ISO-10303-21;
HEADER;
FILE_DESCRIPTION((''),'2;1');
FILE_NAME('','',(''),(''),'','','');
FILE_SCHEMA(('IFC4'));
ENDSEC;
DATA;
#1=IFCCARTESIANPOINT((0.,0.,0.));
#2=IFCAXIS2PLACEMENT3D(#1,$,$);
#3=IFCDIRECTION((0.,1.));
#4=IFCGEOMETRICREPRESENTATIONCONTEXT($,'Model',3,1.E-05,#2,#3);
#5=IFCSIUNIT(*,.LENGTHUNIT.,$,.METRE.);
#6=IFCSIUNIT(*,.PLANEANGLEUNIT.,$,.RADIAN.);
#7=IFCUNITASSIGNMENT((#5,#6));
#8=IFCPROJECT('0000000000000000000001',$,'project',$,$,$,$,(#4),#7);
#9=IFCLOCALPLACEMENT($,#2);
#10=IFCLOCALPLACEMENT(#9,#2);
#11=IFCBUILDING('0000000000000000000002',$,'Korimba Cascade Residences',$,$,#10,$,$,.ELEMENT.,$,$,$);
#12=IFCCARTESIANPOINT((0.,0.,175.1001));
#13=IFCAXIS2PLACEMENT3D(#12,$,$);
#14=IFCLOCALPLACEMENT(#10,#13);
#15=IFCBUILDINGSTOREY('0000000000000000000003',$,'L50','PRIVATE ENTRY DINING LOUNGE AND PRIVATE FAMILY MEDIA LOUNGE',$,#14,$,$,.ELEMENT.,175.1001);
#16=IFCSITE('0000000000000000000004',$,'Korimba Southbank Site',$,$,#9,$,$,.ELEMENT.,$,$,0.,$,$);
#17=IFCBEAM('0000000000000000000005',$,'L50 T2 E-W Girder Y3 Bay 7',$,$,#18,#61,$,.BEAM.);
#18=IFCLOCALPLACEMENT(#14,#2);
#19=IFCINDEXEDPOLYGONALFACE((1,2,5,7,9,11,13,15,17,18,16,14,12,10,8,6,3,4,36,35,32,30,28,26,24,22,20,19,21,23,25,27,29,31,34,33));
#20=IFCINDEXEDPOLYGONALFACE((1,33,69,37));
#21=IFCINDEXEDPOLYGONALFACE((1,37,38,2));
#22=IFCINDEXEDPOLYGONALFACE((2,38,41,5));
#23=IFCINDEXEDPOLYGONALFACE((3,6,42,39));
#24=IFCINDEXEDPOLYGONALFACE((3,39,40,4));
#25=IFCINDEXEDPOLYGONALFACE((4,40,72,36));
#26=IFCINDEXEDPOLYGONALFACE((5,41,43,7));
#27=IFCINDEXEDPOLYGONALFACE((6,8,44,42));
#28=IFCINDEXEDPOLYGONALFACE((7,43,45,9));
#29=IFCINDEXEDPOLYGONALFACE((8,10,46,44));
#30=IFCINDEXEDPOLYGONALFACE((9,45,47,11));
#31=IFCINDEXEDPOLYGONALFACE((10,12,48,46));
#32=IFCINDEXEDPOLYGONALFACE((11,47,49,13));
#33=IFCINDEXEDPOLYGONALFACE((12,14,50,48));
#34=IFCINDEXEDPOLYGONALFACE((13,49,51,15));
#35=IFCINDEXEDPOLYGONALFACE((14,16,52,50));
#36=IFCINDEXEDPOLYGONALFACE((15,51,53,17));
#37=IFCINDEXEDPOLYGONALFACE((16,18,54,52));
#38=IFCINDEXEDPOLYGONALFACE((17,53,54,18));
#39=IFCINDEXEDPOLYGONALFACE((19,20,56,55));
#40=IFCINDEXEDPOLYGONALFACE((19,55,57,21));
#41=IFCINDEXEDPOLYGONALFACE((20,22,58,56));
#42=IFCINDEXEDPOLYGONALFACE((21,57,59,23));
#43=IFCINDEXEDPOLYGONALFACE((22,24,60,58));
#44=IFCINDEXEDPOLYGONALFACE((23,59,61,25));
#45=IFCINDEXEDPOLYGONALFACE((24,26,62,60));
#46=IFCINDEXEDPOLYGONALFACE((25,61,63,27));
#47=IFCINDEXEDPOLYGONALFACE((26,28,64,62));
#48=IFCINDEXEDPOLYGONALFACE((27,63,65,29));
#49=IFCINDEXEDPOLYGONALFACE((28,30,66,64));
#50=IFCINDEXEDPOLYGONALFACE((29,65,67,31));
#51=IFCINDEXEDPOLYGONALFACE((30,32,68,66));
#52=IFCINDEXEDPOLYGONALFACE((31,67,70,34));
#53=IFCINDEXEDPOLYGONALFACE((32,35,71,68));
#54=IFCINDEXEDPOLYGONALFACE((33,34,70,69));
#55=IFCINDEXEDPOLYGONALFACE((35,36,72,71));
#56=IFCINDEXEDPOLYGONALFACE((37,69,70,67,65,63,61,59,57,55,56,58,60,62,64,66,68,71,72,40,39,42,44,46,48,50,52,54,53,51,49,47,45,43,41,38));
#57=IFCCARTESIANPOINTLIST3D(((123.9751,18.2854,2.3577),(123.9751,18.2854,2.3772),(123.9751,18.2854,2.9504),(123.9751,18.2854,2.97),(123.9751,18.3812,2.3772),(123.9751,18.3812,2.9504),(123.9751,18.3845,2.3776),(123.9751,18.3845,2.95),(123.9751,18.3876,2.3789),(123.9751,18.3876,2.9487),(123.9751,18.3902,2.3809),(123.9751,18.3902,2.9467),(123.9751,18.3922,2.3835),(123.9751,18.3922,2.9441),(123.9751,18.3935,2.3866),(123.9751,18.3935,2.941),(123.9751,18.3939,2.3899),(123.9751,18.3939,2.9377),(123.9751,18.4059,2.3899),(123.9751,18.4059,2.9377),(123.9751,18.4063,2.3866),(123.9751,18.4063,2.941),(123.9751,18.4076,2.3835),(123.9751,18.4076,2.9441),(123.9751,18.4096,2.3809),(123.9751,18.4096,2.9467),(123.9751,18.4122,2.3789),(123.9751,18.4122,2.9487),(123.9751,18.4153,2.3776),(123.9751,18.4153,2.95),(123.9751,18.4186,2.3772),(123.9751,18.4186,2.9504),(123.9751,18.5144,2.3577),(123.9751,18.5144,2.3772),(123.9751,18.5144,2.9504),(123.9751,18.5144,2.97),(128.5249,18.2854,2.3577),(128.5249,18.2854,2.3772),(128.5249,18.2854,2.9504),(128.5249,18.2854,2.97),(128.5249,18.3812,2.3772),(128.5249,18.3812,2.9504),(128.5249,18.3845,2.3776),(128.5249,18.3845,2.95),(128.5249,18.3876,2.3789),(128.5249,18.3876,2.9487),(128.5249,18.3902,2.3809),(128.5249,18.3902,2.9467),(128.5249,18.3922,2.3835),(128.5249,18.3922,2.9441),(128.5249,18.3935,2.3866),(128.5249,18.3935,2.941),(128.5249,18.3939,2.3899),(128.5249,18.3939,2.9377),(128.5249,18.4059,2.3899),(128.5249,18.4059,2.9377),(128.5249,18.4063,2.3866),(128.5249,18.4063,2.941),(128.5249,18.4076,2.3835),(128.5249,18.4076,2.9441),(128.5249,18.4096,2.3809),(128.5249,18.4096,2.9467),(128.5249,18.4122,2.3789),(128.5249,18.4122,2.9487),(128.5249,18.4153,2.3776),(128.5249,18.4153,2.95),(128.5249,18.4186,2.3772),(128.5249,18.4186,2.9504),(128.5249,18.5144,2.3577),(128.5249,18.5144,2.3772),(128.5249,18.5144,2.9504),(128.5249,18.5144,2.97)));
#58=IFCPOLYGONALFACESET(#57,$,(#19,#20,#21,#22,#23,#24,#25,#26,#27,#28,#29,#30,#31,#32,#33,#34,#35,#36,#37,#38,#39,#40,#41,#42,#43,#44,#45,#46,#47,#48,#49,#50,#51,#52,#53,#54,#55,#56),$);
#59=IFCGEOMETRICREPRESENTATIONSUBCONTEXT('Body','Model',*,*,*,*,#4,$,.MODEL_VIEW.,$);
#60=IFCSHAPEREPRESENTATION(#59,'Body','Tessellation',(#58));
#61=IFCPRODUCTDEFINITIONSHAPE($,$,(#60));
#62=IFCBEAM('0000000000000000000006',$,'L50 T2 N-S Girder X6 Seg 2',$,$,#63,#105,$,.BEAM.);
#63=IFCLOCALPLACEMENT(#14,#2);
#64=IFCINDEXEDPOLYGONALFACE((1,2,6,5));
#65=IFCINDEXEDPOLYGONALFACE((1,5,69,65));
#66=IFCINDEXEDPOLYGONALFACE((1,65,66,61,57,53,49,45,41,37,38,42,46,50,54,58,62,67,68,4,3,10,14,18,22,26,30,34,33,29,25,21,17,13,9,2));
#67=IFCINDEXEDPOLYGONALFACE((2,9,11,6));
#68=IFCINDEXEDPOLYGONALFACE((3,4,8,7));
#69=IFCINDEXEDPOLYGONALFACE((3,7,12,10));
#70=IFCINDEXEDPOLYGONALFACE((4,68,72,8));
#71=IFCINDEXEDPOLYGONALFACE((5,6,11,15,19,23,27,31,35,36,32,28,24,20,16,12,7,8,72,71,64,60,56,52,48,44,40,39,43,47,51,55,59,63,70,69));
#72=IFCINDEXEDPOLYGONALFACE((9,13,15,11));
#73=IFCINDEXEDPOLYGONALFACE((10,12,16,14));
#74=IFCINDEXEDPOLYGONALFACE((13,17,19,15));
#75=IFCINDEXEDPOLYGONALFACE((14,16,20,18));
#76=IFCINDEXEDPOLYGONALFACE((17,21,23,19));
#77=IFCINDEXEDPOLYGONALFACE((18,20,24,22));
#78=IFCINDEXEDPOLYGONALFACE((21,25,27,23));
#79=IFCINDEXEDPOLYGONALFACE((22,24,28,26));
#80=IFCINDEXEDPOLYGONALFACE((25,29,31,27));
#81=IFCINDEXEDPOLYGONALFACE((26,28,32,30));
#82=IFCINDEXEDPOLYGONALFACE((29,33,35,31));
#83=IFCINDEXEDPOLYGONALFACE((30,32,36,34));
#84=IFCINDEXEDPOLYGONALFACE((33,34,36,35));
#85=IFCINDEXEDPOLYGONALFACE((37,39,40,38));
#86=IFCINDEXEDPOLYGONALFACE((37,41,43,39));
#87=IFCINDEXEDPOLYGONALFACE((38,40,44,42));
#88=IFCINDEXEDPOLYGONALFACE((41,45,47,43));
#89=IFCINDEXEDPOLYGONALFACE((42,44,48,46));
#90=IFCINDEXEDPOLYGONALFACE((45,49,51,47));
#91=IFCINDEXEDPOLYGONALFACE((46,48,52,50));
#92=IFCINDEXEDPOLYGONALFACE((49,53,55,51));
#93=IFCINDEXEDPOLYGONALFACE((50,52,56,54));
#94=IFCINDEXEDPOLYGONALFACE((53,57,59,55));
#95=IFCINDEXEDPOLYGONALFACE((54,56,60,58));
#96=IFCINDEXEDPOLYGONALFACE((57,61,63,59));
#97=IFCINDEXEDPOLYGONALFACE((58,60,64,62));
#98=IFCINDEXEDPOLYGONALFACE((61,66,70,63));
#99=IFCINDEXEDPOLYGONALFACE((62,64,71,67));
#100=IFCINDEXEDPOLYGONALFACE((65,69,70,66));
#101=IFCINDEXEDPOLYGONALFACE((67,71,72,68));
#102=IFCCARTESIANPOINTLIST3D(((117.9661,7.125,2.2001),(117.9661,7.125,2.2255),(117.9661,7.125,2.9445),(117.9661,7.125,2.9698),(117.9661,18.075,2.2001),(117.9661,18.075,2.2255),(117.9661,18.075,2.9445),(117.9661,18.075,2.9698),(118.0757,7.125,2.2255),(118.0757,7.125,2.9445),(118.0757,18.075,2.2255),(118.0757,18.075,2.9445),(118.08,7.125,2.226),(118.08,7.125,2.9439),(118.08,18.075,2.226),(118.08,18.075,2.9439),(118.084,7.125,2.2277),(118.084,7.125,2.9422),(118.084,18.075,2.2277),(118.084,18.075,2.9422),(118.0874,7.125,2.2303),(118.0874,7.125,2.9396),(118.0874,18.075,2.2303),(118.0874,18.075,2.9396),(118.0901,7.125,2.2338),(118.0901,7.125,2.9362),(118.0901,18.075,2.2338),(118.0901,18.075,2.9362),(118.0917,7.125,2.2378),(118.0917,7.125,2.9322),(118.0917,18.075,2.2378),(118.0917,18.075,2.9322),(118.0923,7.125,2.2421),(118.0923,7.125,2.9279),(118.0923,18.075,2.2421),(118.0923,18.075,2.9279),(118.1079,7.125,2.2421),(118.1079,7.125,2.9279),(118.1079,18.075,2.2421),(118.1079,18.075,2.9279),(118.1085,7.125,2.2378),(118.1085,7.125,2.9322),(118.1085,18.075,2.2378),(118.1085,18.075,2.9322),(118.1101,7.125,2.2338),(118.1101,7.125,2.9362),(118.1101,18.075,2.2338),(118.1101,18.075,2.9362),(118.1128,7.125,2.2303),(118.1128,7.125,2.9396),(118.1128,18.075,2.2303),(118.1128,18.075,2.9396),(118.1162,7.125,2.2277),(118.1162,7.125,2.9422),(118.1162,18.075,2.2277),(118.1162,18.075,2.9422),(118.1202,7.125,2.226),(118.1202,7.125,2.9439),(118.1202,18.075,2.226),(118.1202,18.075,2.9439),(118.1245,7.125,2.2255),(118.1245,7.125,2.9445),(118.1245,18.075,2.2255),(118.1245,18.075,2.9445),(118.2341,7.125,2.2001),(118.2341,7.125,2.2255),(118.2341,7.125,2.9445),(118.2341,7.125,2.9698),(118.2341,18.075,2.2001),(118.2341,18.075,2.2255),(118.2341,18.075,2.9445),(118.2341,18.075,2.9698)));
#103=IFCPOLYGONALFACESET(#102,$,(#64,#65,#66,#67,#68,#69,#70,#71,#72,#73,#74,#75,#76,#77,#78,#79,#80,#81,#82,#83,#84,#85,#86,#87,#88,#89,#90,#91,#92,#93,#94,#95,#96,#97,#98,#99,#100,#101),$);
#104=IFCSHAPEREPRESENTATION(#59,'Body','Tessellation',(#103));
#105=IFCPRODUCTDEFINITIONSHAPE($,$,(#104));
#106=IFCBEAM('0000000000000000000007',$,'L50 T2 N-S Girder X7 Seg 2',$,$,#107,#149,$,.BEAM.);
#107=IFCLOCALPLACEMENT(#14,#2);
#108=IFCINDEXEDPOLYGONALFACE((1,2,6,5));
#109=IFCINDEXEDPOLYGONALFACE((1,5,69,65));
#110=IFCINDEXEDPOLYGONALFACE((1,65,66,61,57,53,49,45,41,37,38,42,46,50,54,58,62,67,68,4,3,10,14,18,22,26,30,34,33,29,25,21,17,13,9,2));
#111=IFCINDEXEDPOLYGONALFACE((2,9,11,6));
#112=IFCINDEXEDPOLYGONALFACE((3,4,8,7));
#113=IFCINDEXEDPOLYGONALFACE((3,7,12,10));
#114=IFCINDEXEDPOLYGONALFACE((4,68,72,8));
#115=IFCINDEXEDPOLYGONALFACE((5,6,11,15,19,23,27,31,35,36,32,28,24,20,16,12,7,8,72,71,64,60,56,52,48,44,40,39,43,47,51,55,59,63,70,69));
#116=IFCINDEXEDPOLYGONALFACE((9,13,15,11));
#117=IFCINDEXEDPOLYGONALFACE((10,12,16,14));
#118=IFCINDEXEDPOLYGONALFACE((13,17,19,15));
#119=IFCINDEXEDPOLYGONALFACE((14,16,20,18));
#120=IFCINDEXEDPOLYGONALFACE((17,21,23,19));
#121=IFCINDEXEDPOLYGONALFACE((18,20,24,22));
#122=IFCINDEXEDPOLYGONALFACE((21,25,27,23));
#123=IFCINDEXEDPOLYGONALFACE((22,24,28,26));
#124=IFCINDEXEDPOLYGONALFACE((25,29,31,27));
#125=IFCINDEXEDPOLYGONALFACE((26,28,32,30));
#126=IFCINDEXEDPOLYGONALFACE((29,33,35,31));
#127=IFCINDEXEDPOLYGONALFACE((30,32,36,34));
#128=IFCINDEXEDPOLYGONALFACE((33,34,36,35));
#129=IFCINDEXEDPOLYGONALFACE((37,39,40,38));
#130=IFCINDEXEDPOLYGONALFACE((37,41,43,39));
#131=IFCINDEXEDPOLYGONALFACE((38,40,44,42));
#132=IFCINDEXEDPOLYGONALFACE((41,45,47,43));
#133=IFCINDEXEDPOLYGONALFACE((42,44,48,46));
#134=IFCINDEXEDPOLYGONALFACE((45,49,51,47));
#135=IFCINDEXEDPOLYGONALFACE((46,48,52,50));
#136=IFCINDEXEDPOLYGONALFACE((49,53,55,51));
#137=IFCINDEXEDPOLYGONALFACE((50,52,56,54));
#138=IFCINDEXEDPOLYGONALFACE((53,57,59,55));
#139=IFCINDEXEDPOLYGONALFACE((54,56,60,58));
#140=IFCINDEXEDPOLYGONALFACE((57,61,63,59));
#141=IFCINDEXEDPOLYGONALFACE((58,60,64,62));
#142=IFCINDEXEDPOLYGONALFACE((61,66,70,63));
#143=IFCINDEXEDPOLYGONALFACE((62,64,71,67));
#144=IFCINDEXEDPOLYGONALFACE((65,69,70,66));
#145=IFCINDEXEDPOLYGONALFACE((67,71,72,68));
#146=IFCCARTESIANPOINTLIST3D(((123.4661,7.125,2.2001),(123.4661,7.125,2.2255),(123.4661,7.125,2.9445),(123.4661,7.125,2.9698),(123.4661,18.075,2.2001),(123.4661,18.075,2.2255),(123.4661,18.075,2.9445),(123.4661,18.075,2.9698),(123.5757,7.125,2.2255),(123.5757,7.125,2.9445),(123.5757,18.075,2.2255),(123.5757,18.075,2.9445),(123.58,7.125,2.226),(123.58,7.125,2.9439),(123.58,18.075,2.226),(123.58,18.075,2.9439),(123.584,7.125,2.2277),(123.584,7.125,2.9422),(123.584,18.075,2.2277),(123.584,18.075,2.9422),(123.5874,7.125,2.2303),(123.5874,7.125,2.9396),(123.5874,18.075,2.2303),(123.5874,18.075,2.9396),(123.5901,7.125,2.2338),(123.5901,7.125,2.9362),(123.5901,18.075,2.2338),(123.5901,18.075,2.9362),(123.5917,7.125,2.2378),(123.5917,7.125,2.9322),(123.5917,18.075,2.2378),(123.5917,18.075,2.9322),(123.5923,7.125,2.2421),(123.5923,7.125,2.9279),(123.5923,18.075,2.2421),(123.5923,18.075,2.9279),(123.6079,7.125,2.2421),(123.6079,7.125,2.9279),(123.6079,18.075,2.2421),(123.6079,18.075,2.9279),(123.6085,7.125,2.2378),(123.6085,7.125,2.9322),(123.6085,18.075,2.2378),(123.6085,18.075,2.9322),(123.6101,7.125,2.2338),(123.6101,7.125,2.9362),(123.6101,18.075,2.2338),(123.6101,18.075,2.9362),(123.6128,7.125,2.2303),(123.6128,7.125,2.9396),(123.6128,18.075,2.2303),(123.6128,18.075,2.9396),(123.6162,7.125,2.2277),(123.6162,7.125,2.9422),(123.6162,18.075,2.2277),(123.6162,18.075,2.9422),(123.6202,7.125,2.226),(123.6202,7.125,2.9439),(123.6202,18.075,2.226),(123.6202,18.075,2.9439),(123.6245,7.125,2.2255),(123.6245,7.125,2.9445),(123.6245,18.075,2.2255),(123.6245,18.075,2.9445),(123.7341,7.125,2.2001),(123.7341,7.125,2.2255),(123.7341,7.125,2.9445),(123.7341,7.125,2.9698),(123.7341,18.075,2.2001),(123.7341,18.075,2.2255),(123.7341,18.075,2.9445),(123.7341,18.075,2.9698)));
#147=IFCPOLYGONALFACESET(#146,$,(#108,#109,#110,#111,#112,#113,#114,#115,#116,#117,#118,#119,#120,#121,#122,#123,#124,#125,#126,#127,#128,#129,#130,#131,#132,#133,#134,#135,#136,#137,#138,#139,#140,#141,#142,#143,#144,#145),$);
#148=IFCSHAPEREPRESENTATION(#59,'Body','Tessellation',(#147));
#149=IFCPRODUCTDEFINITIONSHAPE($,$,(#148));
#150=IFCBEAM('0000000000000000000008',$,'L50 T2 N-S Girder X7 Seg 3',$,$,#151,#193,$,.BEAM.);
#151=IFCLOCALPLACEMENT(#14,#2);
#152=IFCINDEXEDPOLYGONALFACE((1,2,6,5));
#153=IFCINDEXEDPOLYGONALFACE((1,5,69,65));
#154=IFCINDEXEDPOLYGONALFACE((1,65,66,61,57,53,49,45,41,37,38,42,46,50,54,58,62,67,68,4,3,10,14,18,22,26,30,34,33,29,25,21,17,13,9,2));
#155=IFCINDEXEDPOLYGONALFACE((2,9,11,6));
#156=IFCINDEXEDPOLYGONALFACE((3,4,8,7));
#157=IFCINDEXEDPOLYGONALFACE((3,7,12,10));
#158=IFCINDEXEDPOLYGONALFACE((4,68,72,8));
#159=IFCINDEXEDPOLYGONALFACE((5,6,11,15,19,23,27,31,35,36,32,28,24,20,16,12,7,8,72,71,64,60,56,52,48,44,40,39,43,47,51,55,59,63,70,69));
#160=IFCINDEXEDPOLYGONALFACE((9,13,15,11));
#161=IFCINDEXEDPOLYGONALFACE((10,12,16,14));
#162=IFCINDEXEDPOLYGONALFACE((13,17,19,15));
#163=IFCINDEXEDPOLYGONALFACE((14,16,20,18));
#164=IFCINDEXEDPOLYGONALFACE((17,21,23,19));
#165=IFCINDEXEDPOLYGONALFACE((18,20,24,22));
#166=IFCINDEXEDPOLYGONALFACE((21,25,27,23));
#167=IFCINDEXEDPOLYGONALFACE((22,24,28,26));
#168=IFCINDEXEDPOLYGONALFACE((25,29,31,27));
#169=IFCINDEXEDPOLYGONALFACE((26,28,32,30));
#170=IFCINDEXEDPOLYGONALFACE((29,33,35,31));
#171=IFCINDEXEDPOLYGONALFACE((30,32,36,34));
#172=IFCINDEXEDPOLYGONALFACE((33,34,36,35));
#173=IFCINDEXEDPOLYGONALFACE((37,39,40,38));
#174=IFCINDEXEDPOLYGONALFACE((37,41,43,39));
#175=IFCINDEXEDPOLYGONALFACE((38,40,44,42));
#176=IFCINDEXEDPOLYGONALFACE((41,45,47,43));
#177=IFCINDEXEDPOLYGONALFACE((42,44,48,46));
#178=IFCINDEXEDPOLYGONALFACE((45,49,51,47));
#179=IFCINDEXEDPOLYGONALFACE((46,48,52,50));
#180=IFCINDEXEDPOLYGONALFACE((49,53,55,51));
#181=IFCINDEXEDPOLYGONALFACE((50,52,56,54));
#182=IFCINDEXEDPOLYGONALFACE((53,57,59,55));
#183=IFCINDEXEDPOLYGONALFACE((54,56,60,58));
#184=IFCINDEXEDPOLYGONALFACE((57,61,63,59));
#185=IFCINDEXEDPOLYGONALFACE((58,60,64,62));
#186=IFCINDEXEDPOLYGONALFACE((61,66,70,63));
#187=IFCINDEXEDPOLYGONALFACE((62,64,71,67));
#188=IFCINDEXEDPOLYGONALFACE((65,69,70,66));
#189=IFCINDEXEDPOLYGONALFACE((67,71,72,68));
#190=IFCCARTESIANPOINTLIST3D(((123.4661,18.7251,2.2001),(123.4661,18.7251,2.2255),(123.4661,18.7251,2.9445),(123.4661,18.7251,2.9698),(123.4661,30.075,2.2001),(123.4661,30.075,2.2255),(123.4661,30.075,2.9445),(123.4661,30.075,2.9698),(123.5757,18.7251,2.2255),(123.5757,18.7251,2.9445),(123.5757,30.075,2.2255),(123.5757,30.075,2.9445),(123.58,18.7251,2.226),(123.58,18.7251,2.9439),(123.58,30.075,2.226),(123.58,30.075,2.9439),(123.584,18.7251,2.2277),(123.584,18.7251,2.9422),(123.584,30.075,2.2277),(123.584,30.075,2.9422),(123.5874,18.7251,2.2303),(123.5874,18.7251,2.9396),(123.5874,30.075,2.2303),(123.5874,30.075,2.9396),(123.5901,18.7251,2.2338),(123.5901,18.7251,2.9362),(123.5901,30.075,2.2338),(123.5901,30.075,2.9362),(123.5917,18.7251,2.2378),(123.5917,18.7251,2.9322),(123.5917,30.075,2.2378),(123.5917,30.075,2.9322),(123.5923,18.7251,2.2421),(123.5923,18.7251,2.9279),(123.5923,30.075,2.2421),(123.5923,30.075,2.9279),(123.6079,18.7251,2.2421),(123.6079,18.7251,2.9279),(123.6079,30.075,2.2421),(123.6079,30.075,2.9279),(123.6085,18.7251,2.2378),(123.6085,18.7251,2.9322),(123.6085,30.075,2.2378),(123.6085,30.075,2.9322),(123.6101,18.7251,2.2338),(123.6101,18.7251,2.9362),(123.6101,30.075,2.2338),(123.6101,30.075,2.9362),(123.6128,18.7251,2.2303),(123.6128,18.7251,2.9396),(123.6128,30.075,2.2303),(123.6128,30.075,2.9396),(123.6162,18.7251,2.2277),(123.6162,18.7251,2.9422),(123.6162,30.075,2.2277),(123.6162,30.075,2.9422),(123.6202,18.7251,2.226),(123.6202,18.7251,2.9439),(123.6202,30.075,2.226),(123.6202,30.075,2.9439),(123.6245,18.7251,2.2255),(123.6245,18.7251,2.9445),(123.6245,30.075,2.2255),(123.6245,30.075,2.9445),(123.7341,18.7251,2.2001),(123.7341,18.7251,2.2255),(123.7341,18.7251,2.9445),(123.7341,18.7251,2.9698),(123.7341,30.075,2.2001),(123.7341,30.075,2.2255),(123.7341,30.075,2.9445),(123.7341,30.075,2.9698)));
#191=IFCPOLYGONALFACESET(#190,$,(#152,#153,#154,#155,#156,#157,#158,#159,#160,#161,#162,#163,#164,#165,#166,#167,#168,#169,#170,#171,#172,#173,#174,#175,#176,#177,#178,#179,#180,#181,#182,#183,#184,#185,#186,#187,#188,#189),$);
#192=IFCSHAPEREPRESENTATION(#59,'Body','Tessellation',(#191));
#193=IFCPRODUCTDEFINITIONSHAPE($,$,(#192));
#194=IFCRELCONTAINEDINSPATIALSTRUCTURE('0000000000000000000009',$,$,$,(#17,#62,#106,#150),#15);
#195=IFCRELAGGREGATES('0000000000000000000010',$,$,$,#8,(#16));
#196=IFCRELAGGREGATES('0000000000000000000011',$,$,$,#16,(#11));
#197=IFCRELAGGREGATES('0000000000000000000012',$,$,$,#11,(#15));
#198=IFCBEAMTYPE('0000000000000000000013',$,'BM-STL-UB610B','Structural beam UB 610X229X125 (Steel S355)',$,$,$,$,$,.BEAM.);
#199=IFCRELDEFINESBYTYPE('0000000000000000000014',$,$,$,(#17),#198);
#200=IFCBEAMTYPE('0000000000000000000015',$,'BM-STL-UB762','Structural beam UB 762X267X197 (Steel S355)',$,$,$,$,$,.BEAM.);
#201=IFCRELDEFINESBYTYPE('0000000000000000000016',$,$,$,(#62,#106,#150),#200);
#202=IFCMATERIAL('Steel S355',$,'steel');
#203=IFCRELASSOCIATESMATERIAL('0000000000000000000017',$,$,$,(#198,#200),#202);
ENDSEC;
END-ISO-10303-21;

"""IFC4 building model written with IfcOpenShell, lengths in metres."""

from ifc_helpers import new_model, si_unit, direction, frame, origin, origin_2d, place, context, subcontext, project, spatial, i_section, extrude, material, material_profile, profile_set, type_object, element, save


model = new_model("IFC4")

# Units and contexts
model_context = context("Model", 3, precision=1e-05, world=origin(), true_north=direction((0.0, 1.0)))
body_context = subcontext(model_context, "Body", "Model", "MODEL_VIEW")
ifc_project = project(units=[si_unit("LENGTHUNIT", "METRE"), si_unit("PLANEANGLEUNIT", "RADIAN")], contexts=[model_context])

# Site, building, storey
site_placement = place(None, origin())
site = spatial("IfcSite", under=ifc_project, at=site_placement, Name="Korimba Southbank Site", CompositionType="ELEMENT", RefElevation=0.0)
building_placement = place(site_placement, origin())
building = spatial("IfcBuilding", under=site, at=building_placement, Name="Korimba Cascade Residences", CompositionType="ELEMENT")
storey_placement = place(building_placement, frame((0.0, 0.0, 175.1001)))
storey = spatial("IfcBuildingStorey", under=building, at=storey_placement, Name="L50", Description="PRIVATE ENTRY DINING LOUNGE AND PRIVATE FAMILY MEDIA LOUNGE", CompositionType="ELEMENT", Elevation=175.1001)

# Beams
ifc_material_1 = material(Name="Steel S355", Category="steel")
ifc_material_profile_1 = material_profile(ifc_material_1, i_section(OverallWidth=0.229, OverallDepth=0.6123, WebThickness=0.012, FlangeThickness=0.0195, FilletRadius=0.0127, at=origin_2d()), Name="Steel S355")
ifc_profile_set_1 = profile_set([ifc_material_profile_1], Name="Steel S355")
beam_type_1 = type_object("IfcBeamType", Name="BM-STL-UB610B", Description="Structural beam UB 610X229X125 (Steel S355)", PredefinedType="BEAM", material=ifc_profile_set_1)
beam_1_placement = place(storey_placement, frame((123.9751, 18.3999, 2.6638), z_axis=(1.0, 0.0, 0.0), x_axis=(0.0, 1.0, 0.0)))
element("IfcBeam", 1, at=beam_1_placement, inside=storey, type_object=beam_type_1, Name="L50 T2 E-W Girder Y3 Bay 7", PredefinedType="BEAM", context=body_context, shape_type="SweptSolid", body=[
    extrude(i_section(OverallWidth=0.229, OverallDepth=0.6123, WebThickness=0.012, FlangeThickness=0.0195, FilletRadius=0.0127, at=origin_2d()), origin(), (0.0, 0.0, 1.0), 4.5498),
])
ifc_material_profile_2 = material_profile(ifc_material_1, i_section(OverallWidth=0.2681, OverallDepth=0.7698, WebThickness=0.0156, FlangeThickness=0.0254, FilletRadius=0.0166, at=origin_2d()), Name="Steel S355")
ifc_profile_set_2 = profile_set([ifc_material_profile_2], Name="Steel S355")
beam_type_2 = type_object("IfcBeamType", Name="BM-STL-UB762", Description="Structural beam UB 762X267X197 (Steel S355)", PredefinedType="BEAM", material=ifc_profile_set_2)
for number, where, z_axis, x_axis, name in (
    (2, (118.1001, 7.125, 2.585), (0.0, 1.0, 0.0), (-1.0, 0.0, 0.0), "L50 T2 N-S Girder X6 Seg 2"),
    (3, (123.6001, 7.125, 2.585), (0.0, 1.0, 0.0), (-1.0, 0.0, 0.0), "L50 T2 N-S Girder X7 Seg 2"),
):
    element("IfcBeam", number, at=place(storey_placement, frame(where, z_axis=z_axis, x_axis=x_axis)), inside=storey, type_object=beam_type_2, Name=name, PredefinedType="BEAM", context=body_context, shape_type="SweptSolid", body=[
        extrude(i_section(OverallWidth=0.2681, OverallDepth=0.7698, WebThickness=0.0156, FlangeThickness=0.0254, FilletRadius=0.0166, at=origin_2d()), origin(), (0.0, 0.0, 1.0), 10.95),
    ])
beam_2_placement = place(storey_placement, frame((123.6001, 18.7251, 2.585), z_axis=(0.0, 1.0, 0.0), x_axis=(-1.0, 0.0, 0.0)))
element("IfcBeam", 4, at=beam_2_placement, inside=storey, type_object=beam_type_2, Name="L50 T2 N-S Girder X7 Seg 3", PredefinedType="BEAM", context=body_context, shape_type="SweptSolid", body=[
    extrude(i_section(OverallWidth=0.2681, OverallDepth=0.7698, WebThickness=0.0156, FlangeThickness=0.0254, FilletRadius=0.0166, at=origin_2d()), origin(), (0.0, 0.0, 1.0), 11.3499),
])

save(model, "model.ifc")
